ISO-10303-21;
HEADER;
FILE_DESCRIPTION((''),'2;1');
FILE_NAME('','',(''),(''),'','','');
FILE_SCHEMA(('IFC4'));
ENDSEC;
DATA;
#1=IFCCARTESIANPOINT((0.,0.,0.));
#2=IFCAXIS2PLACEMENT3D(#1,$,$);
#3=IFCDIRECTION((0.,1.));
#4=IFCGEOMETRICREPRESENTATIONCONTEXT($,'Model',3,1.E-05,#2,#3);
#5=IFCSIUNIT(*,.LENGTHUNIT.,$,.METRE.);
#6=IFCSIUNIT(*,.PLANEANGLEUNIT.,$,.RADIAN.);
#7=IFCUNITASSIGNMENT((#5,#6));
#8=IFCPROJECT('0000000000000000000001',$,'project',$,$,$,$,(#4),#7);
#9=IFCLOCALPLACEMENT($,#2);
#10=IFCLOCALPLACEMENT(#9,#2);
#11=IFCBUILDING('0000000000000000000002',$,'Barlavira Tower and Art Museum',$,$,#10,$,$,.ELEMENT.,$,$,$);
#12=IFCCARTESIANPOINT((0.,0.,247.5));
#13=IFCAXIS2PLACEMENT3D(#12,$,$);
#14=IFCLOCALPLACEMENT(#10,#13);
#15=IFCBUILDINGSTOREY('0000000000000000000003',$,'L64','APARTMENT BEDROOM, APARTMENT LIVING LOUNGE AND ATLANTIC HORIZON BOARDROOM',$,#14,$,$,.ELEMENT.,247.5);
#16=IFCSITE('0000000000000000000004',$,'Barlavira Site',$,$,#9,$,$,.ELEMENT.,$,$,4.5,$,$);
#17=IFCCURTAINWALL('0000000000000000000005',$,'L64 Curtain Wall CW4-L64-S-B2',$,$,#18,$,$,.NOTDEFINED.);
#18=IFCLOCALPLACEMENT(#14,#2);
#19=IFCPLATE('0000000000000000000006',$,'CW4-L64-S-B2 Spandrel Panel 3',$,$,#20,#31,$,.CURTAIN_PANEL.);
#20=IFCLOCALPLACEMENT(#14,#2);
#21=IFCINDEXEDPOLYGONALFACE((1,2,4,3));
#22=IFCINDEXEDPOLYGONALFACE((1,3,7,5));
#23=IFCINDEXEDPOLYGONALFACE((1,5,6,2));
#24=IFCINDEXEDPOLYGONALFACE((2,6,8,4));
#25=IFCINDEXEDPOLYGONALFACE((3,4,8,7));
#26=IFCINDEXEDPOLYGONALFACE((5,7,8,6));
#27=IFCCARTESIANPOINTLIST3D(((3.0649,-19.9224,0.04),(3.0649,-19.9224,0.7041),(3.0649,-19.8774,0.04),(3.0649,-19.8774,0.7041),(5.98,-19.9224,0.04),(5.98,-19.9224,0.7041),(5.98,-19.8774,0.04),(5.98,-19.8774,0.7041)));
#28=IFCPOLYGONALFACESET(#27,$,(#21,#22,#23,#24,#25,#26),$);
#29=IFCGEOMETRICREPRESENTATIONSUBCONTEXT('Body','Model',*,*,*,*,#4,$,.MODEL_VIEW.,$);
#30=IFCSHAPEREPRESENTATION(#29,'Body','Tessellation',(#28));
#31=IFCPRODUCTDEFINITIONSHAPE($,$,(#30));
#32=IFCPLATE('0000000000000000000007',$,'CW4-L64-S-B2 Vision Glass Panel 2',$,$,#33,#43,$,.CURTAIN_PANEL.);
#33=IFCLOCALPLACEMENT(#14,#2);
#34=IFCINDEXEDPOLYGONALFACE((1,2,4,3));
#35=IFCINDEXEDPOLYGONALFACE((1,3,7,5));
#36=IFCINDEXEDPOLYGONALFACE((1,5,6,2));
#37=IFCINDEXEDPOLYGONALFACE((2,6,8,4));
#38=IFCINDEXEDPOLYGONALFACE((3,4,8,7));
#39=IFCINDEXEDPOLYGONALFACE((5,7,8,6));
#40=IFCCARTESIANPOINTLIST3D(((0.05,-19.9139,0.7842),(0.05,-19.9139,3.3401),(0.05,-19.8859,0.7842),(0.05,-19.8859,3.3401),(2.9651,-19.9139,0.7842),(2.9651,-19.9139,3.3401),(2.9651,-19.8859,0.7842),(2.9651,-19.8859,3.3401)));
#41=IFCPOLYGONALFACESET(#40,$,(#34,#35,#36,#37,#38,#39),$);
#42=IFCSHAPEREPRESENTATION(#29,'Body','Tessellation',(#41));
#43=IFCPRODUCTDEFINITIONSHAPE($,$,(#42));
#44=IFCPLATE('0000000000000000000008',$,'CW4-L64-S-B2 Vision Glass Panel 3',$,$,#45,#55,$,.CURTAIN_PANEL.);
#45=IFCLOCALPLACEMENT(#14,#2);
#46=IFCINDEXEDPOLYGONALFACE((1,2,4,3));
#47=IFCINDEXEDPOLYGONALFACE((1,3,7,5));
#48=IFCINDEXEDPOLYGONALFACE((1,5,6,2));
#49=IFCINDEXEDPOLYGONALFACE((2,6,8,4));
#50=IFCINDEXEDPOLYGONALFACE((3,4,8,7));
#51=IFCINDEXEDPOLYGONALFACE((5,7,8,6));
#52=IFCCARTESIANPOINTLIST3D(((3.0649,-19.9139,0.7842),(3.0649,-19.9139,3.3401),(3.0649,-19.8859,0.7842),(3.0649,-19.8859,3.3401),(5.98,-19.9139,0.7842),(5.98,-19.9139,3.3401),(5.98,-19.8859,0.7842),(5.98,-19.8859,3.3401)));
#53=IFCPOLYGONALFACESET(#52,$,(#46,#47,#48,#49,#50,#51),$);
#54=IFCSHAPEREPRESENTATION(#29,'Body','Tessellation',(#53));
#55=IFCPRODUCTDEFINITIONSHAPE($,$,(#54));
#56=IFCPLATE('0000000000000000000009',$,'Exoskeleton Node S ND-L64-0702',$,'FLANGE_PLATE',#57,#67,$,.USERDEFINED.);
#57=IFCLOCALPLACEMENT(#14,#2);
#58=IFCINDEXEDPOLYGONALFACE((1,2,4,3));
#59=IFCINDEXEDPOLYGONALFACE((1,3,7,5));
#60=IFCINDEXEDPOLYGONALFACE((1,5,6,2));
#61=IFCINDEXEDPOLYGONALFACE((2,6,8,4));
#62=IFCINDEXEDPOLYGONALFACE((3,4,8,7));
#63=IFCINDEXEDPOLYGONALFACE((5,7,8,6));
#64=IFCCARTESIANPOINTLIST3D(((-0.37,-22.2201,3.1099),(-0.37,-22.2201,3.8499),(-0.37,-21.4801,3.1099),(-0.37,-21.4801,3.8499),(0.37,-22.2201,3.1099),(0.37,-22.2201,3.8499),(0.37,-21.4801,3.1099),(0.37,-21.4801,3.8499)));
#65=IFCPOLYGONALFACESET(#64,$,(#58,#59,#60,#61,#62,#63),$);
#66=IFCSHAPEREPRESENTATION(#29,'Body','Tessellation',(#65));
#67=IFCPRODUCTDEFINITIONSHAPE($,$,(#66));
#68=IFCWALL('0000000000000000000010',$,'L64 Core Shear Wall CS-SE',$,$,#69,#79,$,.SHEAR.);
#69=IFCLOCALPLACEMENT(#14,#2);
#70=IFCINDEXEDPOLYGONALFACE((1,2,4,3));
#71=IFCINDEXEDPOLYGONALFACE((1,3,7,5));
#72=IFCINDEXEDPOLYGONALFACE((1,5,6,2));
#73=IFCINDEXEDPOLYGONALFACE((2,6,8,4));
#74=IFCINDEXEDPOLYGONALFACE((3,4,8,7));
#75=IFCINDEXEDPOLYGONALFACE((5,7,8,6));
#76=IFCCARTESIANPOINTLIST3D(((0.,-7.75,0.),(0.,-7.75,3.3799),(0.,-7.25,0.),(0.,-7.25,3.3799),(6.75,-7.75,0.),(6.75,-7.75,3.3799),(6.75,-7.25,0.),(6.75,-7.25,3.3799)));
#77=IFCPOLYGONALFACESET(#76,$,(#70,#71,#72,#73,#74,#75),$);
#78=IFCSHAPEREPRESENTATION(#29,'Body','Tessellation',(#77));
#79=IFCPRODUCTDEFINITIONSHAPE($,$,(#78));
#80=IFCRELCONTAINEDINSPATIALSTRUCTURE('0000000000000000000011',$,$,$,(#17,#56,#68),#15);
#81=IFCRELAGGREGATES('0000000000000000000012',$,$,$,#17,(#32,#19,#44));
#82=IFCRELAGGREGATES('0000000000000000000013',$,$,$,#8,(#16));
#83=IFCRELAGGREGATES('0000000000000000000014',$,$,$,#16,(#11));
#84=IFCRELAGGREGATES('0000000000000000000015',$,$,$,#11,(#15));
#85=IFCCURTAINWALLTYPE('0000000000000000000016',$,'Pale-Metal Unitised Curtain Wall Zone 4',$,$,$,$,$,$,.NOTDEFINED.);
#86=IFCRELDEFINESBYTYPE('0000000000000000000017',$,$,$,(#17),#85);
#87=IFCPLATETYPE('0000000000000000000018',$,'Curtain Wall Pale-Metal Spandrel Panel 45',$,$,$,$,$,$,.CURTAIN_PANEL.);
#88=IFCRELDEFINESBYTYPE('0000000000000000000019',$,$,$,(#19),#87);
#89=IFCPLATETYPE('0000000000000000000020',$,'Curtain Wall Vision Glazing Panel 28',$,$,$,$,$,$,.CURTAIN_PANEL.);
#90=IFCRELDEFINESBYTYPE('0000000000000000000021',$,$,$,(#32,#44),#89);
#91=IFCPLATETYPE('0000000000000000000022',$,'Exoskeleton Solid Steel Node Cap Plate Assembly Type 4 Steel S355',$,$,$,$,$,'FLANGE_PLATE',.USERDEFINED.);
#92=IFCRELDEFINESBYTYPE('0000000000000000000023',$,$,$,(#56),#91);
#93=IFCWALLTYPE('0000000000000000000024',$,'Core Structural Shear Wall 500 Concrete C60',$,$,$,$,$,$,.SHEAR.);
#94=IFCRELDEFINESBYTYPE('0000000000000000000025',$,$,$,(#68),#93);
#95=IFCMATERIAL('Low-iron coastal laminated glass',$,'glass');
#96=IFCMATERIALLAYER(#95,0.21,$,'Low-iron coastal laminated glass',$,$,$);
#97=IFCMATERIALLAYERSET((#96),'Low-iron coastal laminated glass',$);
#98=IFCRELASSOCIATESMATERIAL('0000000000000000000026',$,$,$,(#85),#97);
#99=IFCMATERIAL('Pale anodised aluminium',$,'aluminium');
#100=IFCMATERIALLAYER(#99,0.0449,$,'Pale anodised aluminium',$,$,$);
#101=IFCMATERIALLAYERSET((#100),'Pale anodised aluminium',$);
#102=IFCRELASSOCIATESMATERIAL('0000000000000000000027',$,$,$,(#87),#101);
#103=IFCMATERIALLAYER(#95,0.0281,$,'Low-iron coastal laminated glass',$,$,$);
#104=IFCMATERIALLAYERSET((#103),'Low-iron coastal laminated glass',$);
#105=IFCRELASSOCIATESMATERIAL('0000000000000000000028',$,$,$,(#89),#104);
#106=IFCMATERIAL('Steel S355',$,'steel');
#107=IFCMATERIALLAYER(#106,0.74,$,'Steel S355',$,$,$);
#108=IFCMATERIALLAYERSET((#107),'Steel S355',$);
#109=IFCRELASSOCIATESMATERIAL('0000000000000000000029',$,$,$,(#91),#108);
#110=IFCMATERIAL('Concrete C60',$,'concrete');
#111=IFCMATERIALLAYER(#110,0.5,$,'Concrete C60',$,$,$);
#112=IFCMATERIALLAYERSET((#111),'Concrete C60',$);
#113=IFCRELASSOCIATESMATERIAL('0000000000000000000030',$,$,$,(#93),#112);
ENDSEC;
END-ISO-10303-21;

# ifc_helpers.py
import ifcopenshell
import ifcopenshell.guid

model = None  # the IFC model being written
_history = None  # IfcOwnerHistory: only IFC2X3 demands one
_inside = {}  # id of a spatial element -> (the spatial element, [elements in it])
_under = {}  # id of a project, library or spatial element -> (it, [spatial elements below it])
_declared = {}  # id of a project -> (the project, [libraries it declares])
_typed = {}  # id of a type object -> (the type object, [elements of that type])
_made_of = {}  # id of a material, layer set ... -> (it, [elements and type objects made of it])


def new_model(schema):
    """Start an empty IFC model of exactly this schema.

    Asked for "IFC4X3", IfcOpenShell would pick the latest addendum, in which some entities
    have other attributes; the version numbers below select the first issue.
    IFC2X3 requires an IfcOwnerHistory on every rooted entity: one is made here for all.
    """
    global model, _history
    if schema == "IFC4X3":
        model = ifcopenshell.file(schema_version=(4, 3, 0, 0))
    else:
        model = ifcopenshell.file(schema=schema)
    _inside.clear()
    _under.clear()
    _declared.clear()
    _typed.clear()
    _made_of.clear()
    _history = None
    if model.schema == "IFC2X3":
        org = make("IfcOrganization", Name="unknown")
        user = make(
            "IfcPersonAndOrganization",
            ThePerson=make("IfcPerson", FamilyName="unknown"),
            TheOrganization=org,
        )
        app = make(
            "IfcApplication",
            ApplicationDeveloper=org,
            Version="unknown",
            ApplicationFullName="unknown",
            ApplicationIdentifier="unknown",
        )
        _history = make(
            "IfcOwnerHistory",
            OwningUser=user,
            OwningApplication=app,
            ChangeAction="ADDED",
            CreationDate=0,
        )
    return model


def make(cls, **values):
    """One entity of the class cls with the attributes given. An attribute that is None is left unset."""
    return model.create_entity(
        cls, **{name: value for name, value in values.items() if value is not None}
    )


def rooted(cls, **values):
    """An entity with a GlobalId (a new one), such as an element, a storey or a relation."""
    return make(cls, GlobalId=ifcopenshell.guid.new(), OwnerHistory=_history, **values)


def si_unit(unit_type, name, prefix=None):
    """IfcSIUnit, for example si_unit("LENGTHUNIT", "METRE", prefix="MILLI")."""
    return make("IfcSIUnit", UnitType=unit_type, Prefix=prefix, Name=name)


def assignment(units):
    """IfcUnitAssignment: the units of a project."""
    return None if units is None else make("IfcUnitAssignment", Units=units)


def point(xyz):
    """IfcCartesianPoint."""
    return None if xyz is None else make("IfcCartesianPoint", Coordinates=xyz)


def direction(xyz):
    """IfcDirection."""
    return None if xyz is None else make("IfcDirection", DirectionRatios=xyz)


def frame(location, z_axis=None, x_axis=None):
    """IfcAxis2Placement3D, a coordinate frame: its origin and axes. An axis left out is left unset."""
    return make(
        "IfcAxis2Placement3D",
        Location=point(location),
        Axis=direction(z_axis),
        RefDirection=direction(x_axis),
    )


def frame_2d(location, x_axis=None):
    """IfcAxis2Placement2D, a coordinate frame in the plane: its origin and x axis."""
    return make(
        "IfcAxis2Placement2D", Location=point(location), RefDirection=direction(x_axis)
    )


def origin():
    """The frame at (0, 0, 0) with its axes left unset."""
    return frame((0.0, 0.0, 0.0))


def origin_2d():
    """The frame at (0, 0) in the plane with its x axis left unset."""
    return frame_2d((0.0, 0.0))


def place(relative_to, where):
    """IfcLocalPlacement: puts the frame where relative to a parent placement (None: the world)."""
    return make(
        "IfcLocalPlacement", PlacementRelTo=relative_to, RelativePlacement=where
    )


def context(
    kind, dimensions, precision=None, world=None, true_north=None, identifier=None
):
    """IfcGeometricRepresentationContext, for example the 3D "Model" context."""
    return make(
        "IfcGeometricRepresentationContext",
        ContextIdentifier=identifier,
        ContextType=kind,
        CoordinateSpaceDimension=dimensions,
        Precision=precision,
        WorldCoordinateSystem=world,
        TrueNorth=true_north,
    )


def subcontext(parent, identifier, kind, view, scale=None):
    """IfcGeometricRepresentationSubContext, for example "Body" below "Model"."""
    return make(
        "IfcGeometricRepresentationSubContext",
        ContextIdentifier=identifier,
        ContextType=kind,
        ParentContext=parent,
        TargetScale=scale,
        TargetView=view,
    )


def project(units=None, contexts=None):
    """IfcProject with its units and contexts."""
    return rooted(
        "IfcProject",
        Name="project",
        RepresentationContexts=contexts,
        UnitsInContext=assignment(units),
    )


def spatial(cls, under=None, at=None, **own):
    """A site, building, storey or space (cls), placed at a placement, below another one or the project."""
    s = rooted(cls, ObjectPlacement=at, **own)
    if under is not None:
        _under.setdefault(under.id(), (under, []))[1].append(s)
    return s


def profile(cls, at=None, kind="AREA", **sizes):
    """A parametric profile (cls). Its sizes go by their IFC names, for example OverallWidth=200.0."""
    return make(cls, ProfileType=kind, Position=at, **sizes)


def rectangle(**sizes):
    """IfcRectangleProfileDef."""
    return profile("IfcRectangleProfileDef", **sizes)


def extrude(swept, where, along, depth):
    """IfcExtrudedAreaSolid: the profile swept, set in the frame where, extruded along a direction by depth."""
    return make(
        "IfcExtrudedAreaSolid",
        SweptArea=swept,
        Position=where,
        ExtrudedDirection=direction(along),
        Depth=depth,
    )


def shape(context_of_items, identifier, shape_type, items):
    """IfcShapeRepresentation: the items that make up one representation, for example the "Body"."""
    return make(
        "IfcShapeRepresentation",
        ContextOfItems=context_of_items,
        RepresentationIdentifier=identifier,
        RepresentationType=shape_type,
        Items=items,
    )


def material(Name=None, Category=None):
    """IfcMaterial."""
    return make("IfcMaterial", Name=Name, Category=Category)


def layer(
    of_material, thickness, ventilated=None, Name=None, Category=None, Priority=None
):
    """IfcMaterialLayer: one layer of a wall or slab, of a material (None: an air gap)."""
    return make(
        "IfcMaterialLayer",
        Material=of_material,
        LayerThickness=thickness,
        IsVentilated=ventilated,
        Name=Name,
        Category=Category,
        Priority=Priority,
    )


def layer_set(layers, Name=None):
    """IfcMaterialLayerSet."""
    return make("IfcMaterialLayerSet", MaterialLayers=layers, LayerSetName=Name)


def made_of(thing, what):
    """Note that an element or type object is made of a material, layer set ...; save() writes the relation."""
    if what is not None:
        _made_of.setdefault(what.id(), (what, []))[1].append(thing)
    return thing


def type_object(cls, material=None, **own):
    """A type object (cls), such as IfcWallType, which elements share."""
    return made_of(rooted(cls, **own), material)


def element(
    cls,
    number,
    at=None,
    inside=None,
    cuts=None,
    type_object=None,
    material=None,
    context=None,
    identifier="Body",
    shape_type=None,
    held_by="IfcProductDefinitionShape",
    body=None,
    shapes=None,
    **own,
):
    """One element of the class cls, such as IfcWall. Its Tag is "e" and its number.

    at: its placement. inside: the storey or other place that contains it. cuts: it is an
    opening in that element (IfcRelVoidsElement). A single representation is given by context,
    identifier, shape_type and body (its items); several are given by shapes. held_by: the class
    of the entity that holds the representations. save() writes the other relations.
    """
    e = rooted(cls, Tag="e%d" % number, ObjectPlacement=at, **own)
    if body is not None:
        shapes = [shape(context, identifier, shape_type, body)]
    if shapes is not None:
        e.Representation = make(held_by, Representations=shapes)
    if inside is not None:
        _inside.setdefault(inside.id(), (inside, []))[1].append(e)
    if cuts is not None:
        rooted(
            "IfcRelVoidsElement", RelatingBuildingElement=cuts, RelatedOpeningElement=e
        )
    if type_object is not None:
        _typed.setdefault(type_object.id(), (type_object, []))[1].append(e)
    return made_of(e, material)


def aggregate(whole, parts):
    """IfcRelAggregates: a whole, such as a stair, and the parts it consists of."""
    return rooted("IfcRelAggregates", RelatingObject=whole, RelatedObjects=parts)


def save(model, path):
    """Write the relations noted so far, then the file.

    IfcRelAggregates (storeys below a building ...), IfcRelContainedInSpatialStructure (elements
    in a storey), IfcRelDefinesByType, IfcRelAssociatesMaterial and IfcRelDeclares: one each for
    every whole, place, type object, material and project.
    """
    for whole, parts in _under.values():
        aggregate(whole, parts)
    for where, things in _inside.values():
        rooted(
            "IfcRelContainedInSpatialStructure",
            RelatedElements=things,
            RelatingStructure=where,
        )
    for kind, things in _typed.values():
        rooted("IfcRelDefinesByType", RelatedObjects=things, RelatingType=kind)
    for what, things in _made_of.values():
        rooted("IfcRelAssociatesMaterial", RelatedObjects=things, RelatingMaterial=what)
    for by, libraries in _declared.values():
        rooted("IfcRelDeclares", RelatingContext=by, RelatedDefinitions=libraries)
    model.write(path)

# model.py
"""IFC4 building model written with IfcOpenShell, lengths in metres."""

from ifc_helpers import new_model, si_unit, direction, frame, frame_2d, origin, origin_2d, place, context, subcontext, project, spatial, rectangle, extrude, material, layer, layer_set, type_object, element, aggregate, save


model = new_model("IFC4")

# Units and contexts
model_context = context("Model", 3, precision=1e-05, world=origin(), true_north=direction((0.0, 1.0)))
body_context = subcontext(model_context, "Body", "Model", "MODEL_VIEW")
ifc_project = project(units=[si_unit("LENGTHUNIT", "METRE"), si_unit("PLANEANGLEUNIT", "RADIAN")], contexts=[model_context])

# Site, building, storey
site_placement = place(None, origin())
site = spatial("IfcSite", under=ifc_project, at=site_placement, Name="Barlavira Site", CompositionType="ELEMENT", RefElevation=4.5)
building_placement = place(site_placement, origin())
building = spatial("IfcBuilding", under=site, at=building_placement, Name="Barlavira Tower and Art Museum", CompositionType="ELEMENT")
storey_placement = place(building_placement, frame((0.0, 0.0, 247.5)))
storey = spatial("IfcBuildingStorey", under=building, at=storey_placement, Name="L64", Description="APARTMENT BEDROOM, APARTMENT LIVING LOUNGE AND ATLANTIC HORIZON BOARDROOM", CompositionType="ELEMENT", Elevation=247.5)

# Shared definitions
ifc_material_1 = material(Name="Steel S355", Category="steel")

# Curtain wall
ifc_material_2 = material(Name="Low-iron coastal laminated glass", Category="glass")
ifc_layer_1 = layer(ifc_material_2, 0.21, Name="Low-iron coastal laminated glass")
ifc_layer_set_1 = layer_set([ifc_layer_1], Name="Low-iron coastal laminated glass")
curtain_wall_type = type_object("IfcCurtainWallType", Name="Pale-Metal Unitised Curtain Wall Zone 4", PredefinedType="NOTDEFINED", material=ifc_layer_set_1)
curtain_wall_placement = place(storey_placement, origin())
curtain_wall = element("IfcCurtainWall", 1, at=curtain_wall_placement, inside=storey, type_object=curtain_wall_type, Name="L64 Curtain Wall CW4-L64-S-B2", PredefinedType="NOTDEFINED")
ifc_material_3 = material(Name="Pale anodised aluminium", Category="aluminium")

# Plates
ifc_layer_2 = layer(ifc_material_3, 0.0449, Name="Pale anodised aluminium")
ifc_layer_set_2 = layer_set([ifc_layer_2], Name="Pale anodised aluminium")
plate_type_1 = type_object("IfcPlateType", Name="Curtain Wall Pale-Metal Spandrel Panel 45", PredefinedType="CURTAIN_PANEL", material=ifc_layer_set_2)
plate_1_placement = place(storey_placement, frame((4.5225, -19.8999, 0.04), z_axis=(0.0, 0.0, 1.0), x_axis=(1.0, 0.0, 0.0)))
plate_1 = element("IfcPlate", 2, at=plate_1_placement, type_object=plate_type_1, Name="CW4-L64-S-B2 Spandrel Panel 3", PredefinedType="CURTAIN_PANEL", context=body_context, shape_type="SweptSolid", body=[
    extrude(rectangle(XDim=2.915, YDim=0.0449, at=origin_2d()), origin(), (0.0, 0.0, 1.0), 0.6641),
])
ifc_layer_3 = layer(ifc_material_2, 0.0281, Name="Low-iron coastal laminated glass")
ifc_layer_set_3 = layer_set([ifc_layer_3], Name="Low-iron coastal laminated glass")
plate_type_2 = type_object("IfcPlateType", Name="Curtain Wall Vision Glazing Panel 28", PredefinedType="CURTAIN_PANEL", material=ifc_layer_set_3)
plate_2_placement = place(storey_placement, frame((1.5076, -19.8999, 0.7842), z_axis=(0.0, 0.0, 1.0), x_axis=(1.0, 0.0, 0.0)))
plate_2 = element("IfcPlate", 3, at=plate_2_placement, type_object=plate_type_2, Name="CW4-L64-S-B2 Vision Glass Panel 2", PredefinedType="CURTAIN_PANEL", context=body_context, shape_type="SweptSolid", body=[
    extrude(rectangle(XDim=2.915, YDim=0.0281, at=origin_2d()), origin(), (0.0, 0.0, 1.0), 2.5559),
])
plate_3_placement = place(storey_placement, frame((4.5225, -19.8999, 0.7842), z_axis=(0.0, 0.0, 1.0), x_axis=(1.0, 0.0, 0.0)))
plate_3 = element("IfcPlate", 4, at=plate_3_placement, type_object=plate_type_2, Name="CW4-L64-S-B2 Vision Glass Panel 3", PredefinedType="CURTAIN_PANEL", context=body_context, shape_type="SweptSolid", body=[
    extrude(rectangle(XDim=2.915, YDim=0.0281, at=origin_2d()), origin(), (0.0, 0.0, 1.0), 2.5559),
])
aggregate(curtain_wall, [plate_2, plate_1, plate_3])
ifc_layer_4 = layer(ifc_material_1, 0.74, Name="Steel S355")
ifc_layer_set_4 = layer_set([ifc_layer_4], Name="Steel S355")
plate_type_3 = type_object("IfcPlateType", Name="Exoskeleton Solid Steel Node Cap Plate Assembly Type 4 Steel S355", ElementType="FLANGE_PLATE", PredefinedType="USERDEFINED", material=ifc_layer_set_4)
plate_4_placement = place(storey_placement, frame((0.0, -21.8501, 3.1099), z_axis=(0.0, 0.0, 1.0), x_axis=(1.0, 0.0, 0.0)))
element("IfcPlate", 5, at=plate_4_placement, inside=storey, type_object=plate_type_3, Name="Exoskeleton Node S ND-L64-0702", ObjectType="FLANGE_PLATE", PredefinedType="USERDEFINED", context=body_context, shape_type="SweptSolid", body=[
    extrude(rectangle(XDim=0.74, YDim=0.74, at=origin_2d()), origin(), (0.0, 0.0, 1.0), 0.74),
])

# Wall
ifc_material_4 = material(Name="Concrete C60", Category="concrete")
ifc_layer_5 = layer(ifc_material_4, 0.5, Name="Concrete C60")
ifc_layer_set_5 = layer_set([ifc_layer_5], Name="Concrete C60")
wall_type = type_object("IfcWallType", Name="Core Structural Shear Wall 500 Concrete C60", PredefinedType="SHEAR", material=ifc_layer_set_5)
wall_placement = place(storey_placement, frame((0.0, -7.5, 0.0), z_axis=(0.0, 0.0, 1.0), x_axis=(1.0, 0.0, 0.0)))
element("IfcWall", 6, at=wall_placement, inside=storey, type_object=wall_type, Name="L64 Core Shear Wall CS-SE", PredefinedType="SHEAR", context=body_context, shape_type="SweptSolid", body=[
    extrude(rectangle(XDim=6.75, YDim=0.5, at=frame_2d((3.375, 0.0))), origin(), (0.0, 0.0, 1.0), 3.3799),
])

save(model, "model.ifc")
